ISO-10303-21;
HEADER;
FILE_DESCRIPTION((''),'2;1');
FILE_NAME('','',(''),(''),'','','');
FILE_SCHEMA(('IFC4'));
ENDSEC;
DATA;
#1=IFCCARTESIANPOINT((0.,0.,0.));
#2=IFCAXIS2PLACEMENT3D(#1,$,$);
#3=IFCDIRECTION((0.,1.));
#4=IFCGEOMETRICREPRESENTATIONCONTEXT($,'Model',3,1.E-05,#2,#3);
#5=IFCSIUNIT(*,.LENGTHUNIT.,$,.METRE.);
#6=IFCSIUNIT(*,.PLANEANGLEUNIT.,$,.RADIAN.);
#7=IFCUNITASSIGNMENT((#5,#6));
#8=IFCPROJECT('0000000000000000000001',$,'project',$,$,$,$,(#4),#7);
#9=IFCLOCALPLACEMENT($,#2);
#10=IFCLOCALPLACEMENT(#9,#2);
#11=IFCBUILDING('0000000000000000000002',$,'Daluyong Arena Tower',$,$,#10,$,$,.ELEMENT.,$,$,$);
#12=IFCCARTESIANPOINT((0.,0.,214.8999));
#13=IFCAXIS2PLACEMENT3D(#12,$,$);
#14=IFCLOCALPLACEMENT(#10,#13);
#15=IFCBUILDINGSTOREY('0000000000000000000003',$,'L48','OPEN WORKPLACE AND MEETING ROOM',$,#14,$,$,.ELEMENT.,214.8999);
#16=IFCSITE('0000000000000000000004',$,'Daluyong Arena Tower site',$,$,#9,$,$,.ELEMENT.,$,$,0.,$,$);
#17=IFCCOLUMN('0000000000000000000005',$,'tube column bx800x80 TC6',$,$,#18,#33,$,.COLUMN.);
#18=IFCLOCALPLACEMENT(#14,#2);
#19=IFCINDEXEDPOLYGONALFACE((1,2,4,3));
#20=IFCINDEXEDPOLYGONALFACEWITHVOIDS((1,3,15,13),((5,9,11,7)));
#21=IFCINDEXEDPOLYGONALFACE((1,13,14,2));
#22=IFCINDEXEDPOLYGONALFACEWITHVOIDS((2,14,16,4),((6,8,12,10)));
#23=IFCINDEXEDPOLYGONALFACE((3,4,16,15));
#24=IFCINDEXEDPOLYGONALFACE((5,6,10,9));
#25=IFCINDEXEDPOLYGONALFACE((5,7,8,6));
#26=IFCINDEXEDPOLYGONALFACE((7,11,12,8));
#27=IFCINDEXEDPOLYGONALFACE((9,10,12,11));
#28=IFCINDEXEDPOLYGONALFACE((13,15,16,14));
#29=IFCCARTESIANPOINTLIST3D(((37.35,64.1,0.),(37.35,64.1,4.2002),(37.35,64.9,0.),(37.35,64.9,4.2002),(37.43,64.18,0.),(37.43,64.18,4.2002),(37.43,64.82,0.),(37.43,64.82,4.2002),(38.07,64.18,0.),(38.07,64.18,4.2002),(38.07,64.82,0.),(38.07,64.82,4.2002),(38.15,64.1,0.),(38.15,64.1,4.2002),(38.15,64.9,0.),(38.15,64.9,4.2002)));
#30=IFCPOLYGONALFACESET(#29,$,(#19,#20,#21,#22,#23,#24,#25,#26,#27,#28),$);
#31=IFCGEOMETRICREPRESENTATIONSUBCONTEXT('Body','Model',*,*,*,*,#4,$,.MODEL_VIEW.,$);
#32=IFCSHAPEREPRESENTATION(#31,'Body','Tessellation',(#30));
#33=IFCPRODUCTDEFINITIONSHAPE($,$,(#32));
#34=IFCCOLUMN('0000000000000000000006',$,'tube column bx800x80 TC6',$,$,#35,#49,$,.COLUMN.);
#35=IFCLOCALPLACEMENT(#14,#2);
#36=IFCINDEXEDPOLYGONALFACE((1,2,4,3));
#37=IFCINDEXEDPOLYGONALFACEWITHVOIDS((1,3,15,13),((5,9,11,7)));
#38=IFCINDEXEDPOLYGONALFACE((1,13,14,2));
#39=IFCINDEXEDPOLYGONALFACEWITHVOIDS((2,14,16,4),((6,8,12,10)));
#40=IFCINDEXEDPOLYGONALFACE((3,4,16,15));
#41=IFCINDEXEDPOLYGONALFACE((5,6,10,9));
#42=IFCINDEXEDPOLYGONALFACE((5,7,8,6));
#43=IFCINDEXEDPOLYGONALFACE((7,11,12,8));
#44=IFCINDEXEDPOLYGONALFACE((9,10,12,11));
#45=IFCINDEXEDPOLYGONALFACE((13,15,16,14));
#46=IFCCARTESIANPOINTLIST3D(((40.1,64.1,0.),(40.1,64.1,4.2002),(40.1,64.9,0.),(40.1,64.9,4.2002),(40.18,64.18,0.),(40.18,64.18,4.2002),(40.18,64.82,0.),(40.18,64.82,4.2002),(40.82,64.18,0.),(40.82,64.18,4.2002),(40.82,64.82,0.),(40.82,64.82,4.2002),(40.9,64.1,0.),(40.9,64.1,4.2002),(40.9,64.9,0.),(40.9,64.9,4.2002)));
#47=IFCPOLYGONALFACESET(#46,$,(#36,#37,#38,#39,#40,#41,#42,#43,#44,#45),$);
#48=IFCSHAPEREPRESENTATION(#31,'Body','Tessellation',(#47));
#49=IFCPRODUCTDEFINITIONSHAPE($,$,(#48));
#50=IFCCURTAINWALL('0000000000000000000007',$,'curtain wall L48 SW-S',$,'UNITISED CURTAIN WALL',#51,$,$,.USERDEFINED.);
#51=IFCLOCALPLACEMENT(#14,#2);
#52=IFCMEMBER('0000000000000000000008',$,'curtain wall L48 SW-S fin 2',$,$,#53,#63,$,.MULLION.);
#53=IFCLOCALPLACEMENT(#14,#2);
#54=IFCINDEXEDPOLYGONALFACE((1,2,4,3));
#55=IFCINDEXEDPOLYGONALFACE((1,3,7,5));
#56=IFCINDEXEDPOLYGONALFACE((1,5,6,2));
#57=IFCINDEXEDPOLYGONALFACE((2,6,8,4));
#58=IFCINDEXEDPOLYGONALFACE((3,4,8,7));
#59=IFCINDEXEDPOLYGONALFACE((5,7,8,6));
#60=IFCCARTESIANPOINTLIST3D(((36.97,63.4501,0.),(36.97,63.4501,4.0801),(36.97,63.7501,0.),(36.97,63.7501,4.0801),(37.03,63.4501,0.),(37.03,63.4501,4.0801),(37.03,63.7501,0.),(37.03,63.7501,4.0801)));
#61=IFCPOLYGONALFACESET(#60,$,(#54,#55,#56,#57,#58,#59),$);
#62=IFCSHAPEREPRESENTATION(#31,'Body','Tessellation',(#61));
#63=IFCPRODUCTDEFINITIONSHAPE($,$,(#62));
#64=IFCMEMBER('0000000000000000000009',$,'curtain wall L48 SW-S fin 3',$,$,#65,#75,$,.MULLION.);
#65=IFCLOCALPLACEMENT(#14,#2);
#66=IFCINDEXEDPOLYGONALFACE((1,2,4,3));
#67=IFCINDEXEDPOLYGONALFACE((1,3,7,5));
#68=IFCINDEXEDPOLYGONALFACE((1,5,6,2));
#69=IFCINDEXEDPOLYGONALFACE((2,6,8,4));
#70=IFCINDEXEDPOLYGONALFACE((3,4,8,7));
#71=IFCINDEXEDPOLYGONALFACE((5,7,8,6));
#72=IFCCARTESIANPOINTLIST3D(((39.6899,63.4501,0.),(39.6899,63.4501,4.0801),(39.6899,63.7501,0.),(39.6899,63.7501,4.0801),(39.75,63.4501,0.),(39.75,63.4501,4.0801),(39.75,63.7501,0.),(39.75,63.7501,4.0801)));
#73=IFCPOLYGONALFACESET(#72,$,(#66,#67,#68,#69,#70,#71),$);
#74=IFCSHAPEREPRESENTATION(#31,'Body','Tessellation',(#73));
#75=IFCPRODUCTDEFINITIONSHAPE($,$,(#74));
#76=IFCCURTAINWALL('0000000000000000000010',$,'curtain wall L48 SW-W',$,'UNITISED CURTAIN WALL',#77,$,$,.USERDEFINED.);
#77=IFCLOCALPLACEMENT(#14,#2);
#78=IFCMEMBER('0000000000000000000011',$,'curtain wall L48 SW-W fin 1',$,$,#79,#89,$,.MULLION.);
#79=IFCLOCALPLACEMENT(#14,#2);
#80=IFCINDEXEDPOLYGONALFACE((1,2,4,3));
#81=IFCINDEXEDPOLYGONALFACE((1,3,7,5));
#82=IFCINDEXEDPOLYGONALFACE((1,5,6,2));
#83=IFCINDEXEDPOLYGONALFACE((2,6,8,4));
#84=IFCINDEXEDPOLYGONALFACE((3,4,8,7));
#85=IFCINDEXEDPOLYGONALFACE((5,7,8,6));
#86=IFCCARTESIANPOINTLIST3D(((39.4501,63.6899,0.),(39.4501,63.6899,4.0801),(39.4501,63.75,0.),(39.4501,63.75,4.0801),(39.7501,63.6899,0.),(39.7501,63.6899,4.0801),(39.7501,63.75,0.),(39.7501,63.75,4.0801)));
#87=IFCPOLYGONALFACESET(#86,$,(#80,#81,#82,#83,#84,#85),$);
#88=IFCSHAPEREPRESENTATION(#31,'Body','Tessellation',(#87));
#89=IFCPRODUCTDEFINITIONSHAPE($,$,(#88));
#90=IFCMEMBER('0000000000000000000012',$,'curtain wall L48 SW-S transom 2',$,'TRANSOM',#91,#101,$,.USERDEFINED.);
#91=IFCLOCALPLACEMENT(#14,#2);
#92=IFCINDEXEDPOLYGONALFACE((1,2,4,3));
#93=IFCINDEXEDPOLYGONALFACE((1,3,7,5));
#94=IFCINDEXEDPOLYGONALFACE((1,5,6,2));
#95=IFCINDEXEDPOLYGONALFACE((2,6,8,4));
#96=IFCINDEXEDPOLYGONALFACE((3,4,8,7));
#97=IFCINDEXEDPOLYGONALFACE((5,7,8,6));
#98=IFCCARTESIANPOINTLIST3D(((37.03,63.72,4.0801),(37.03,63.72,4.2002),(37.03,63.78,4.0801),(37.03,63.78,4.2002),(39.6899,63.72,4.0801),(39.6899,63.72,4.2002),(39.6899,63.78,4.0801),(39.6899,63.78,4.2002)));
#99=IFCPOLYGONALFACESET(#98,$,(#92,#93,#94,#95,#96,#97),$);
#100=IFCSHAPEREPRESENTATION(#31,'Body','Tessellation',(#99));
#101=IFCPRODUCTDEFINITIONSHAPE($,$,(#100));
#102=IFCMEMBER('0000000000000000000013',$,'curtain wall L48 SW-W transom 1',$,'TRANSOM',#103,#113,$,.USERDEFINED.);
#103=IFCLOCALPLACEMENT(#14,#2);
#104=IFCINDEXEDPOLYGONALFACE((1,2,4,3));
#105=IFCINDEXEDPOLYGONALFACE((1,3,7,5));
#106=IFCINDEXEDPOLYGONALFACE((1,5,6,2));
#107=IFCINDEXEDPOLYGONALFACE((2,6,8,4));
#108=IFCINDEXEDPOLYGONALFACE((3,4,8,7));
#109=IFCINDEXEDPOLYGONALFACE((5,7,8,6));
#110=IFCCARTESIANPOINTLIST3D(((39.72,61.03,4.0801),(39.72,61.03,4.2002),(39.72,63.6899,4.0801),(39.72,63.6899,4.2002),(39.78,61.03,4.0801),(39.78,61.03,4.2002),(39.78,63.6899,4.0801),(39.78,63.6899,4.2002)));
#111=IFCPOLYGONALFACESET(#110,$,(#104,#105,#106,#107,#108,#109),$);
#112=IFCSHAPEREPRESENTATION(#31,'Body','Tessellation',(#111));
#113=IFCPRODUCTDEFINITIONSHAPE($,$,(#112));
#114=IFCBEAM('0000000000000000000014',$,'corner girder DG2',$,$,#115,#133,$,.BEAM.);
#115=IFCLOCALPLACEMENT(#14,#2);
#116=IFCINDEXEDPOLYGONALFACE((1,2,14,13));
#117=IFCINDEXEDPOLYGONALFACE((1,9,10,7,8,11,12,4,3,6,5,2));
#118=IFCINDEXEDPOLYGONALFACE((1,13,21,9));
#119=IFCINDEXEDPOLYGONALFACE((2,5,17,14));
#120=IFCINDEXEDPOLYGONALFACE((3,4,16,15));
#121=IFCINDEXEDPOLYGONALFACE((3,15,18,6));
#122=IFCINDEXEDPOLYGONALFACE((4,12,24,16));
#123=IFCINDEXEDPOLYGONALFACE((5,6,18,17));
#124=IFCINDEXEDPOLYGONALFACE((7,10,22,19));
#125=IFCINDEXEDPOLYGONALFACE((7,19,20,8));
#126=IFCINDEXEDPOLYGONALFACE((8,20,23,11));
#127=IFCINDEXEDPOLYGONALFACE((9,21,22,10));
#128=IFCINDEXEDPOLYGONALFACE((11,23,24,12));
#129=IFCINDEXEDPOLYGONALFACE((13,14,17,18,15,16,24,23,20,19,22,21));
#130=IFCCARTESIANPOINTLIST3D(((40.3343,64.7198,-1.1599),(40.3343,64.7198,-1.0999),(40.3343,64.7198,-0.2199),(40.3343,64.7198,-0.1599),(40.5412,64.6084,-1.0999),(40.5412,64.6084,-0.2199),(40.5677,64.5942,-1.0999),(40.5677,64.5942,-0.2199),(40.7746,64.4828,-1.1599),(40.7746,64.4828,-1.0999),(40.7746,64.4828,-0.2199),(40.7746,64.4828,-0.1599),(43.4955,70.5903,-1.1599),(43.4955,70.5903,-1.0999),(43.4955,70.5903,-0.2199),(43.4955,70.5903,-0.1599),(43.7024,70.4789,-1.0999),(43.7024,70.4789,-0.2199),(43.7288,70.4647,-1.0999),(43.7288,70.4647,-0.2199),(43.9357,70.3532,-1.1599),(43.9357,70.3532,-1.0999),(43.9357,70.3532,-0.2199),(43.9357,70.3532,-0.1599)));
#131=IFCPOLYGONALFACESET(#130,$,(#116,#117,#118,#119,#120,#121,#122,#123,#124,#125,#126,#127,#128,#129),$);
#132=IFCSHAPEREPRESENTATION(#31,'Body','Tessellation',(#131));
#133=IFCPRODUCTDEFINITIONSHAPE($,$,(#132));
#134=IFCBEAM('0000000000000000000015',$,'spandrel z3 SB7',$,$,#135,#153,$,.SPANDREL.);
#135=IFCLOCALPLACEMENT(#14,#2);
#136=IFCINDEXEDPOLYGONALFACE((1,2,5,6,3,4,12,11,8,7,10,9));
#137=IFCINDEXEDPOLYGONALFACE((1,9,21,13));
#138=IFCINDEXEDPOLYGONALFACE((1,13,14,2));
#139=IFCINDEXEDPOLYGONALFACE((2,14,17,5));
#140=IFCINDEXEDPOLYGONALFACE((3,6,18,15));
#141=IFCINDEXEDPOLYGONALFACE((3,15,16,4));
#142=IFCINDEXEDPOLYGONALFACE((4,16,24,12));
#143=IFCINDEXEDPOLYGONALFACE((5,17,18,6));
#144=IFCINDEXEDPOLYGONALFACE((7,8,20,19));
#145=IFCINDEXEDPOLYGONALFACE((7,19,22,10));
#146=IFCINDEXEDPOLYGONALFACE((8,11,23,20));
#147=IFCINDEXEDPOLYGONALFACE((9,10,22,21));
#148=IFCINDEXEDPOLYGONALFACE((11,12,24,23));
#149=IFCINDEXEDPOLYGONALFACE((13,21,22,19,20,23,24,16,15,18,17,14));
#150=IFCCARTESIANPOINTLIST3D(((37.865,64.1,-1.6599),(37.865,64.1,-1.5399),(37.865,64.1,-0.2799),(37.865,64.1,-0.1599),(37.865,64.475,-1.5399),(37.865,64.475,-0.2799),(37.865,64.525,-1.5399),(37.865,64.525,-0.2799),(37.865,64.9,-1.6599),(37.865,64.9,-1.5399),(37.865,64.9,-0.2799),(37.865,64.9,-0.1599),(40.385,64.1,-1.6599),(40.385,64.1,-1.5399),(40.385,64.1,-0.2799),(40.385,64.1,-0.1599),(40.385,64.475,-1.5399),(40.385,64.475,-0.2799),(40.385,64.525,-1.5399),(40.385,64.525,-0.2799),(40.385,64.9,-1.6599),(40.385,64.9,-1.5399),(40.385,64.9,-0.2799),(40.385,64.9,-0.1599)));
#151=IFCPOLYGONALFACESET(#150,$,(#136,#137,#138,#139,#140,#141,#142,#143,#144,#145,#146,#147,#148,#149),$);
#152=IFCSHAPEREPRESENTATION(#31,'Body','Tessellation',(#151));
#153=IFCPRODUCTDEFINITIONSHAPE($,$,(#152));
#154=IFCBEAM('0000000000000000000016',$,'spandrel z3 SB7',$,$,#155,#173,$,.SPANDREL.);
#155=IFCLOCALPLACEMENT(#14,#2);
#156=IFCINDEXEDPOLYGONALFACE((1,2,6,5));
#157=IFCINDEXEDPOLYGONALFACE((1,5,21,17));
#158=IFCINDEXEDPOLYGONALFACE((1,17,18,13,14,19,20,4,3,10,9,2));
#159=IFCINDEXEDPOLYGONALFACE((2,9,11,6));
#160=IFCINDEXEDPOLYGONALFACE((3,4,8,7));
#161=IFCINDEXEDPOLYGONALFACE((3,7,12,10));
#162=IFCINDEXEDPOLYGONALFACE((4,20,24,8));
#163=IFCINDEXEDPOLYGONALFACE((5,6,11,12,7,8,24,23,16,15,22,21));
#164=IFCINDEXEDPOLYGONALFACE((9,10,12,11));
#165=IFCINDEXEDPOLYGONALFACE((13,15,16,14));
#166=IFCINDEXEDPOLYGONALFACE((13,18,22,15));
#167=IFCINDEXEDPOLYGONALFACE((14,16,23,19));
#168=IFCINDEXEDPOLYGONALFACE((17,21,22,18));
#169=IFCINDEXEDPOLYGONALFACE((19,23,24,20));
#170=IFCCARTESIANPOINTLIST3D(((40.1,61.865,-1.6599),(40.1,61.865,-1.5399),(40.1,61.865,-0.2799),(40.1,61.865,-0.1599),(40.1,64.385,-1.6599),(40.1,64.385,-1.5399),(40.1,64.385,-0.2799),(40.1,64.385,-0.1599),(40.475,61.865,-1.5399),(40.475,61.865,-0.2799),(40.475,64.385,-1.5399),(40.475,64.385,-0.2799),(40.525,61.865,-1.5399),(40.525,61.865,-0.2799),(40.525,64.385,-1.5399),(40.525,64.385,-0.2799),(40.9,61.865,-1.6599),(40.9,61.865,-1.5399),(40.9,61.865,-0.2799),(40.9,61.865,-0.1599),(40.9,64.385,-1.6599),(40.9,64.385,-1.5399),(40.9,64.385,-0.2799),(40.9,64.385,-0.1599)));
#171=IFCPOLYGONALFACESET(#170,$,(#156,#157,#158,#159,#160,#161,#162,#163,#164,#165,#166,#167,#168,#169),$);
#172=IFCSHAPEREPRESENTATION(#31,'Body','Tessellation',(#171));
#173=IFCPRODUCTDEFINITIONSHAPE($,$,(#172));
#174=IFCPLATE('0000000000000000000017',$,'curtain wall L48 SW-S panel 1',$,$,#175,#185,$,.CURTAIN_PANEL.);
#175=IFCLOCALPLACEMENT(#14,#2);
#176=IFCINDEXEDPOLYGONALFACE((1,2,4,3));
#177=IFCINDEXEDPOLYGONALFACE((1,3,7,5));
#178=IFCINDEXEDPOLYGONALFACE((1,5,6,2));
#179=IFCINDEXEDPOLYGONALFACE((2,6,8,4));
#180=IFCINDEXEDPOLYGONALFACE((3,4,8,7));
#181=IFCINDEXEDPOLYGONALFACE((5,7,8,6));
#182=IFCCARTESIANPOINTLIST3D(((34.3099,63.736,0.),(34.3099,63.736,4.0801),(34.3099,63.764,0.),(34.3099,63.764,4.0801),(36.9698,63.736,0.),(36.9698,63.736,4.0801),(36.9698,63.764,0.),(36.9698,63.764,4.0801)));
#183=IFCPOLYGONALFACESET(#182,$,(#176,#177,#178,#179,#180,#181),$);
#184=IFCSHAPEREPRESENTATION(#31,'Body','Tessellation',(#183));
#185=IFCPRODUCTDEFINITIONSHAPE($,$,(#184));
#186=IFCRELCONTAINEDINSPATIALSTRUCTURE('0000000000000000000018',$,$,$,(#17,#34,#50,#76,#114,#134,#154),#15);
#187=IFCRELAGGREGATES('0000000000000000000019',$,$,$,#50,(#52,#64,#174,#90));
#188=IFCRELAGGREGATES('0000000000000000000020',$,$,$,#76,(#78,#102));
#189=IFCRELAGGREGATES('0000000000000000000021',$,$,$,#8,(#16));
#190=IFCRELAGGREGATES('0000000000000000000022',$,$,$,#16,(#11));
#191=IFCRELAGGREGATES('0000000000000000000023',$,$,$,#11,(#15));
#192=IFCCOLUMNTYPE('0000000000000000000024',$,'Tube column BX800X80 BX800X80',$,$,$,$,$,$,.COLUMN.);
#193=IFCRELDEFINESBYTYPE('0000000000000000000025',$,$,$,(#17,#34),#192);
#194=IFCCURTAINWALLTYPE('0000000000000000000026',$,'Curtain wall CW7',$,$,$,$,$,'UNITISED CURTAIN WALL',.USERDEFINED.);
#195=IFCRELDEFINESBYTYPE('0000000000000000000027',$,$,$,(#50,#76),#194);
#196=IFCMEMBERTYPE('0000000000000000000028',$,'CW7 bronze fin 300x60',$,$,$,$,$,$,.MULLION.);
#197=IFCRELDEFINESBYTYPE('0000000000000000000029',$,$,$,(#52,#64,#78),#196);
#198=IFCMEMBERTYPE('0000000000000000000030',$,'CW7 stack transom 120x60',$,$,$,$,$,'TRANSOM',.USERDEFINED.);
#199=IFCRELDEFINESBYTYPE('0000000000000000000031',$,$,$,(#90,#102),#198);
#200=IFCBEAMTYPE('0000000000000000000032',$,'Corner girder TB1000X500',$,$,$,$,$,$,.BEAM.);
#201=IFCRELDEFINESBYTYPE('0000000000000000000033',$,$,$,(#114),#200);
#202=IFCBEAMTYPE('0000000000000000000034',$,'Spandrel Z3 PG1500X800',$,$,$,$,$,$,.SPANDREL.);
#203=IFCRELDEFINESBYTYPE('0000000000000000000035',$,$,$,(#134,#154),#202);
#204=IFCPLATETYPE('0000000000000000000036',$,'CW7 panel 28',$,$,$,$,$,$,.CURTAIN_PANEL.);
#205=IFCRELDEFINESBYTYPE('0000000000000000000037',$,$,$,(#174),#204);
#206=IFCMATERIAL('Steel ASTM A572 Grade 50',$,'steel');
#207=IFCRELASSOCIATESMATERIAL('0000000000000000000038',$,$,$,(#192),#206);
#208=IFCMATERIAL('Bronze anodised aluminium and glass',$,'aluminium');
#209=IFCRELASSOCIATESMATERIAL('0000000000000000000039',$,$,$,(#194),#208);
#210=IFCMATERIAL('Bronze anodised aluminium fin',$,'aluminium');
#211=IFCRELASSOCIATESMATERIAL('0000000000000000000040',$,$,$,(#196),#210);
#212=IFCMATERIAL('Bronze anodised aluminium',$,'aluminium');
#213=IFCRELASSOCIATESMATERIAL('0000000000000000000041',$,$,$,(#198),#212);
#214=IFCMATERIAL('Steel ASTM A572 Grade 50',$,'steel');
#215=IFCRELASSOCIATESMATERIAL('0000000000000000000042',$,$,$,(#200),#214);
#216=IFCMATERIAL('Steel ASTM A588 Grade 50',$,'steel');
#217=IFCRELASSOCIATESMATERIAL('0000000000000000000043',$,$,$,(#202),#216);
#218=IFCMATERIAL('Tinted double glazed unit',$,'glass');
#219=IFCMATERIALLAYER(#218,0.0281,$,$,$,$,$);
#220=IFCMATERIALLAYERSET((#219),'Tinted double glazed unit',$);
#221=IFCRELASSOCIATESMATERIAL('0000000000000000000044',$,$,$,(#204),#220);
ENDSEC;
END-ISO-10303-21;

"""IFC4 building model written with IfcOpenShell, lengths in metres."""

from ifc_helpers import new_model, si_unit, direction, frame, origin, origin_2d, place, context, subcontext, project, spatial, rectangle, hollow_rectangle, i_section, extrude, material, layer, layer_set, material_profile, profile_set, type_object, element, aggregate, save


model = new_model("IFC4")

# Units and contexts
model_context = context("Model", 3, precision=1e-05, world=origin(), true_north=direction((0.0, 1.0)))
body_context = subcontext(model_context, "Body", "Model", "MODEL_VIEW")
ifc_project = project(units=[si_unit("LENGTHUNIT", "METRE"), si_unit("PLANEANGLEUNIT", "RADIAN")], contexts=[model_context])

# Site, building, storey
site_placement = place(None, origin())
site = spatial("IfcSite", under=ifc_project, at=site_placement, Name="Daluyong Arena Tower site", CompositionType="ELEMENT", RefElevation=0.0)
building_placement = place(site_placement, origin())
building = spatial("IfcBuilding", under=site, at=building_placement, Name="Daluyong Arena Tower", CompositionType="ELEMENT")
storey_placement = place(building_placement, frame((0.0, 0.0, 214.8999)))
storey = spatial("IfcBuildingStorey", under=building, at=storey_placement, Name="L48", Description="OPEN WORKPLACE AND MEETING ROOM", CompositionType="ELEMENT", Elevation=214.8999)

# Columns
ifc_material_1 = material(Name="Steel ASTM A572 Grade 50", Category="steel")
ifc_material_profile_1 = material_profile(ifc_material_1, hollow_rectangle(XDim=0.8, YDim=0.8, WallThickness=0.08, at=origin_2d()))
ifc_profile_set_1 = profile_set([ifc_material_profile_1], Name="Steel ASTM A572 Grade 50")
column_type = type_object("IfcColumnType", Name="Tube column BX800X80 BX800X80", PredefinedType="COLUMN", material=ifc_profile_set_1)
for number, where, z_axis, x_axis, name in (
    (1, (37.75, 64.5, 0.0), (0.0, 0.0, 1.0), (1.0, 0.0, 0.0), "tube column bx800x80 TC6"),
    (2, (40.5, 64.5, 0.0), (0.0, 0.0, 1.0), (0.0, 1.0, 0.0), "tube column bx800x80 TC6"),
):
    element("IfcColumn", number, at=place(storey_placement, frame(where, z_axis=z_axis, x_axis=x_axis)), inside=storey, type_object=column_type, Name=name, PredefinedType="COLUMN", context=body_context, shape_type="SweptSolid", body=[
        extrude(hollow_rectangle(XDim=0.8, YDim=0.8, WallThickness=0.08, at=origin_2d()), origin(), (0.0, 0.0, 1.0), 4.2002),
    ])

# Curtain wall, members
ifc_material_2 = material(Name="Bronze anodised aluminium and glass", Category="aluminium")
curtain_wall_type = type_object("IfcCurtainWallType", Name="Curtain wall CW7", ElementType="UNITISED CURTAIN WALL", PredefinedType="USERDEFINED", material=ifc_material_2)
curtain_wall_1_placement = place(storey_placement, origin())
curtain_wall_1 = element("IfcCurtainWall", 3, at=curtain_wall_1_placement, inside=storey, type_object=curtain_wall_type, Name="curtain wall L48 SW-S", ObjectType="UNITISED CURTAIN WALL", PredefinedType="USERDEFINED")
ifc_material_3 = material(Name="Bronze anodised aluminium fin", Category="aluminium")
ifc_material_profile_2 = material_profile(ifc_material_3, rectangle(XDim=0.3, YDim=0.0601, at=origin_2d()))
ifc_profile_set_2 = profile_set([ifc_material_profile_2], Name="Bronze anodised aluminium fin")
member_type_1 = type_object("IfcMemberType", Name="CW7 bronze fin 300x60", PredefinedType="MULLION", material=ifc_profile_set_2)
member_1_placement = place(storey_placement, frame((37.0, 63.6001, 0.0), z_axis=(0.0, 0.0, 1.0), x_axis=(0.0, 1.0, 0.0)))
member_1 = element("IfcMember", 4, at=member_1_placement, type_object=member_type_1, Name="curtain wall L48 SW-S fin 2", PredefinedType="MULLION", context=body_context, shape_type="SweptSolid", body=[
    extrude(rectangle(XDim=0.3, YDim=0.0601, at=origin_2d()), origin(), (0.0, 0.0, 1.0), 4.0801),
])
member_2_placement = place(storey_placement, frame((39.72, 63.6001, 0.0), z_axis=(0.0, 0.0, 1.0), x_axis=(0.0, 1.0, 0.0)))
member_2 = element("IfcMember", 5, at=member_2_placement, type_object=member_type_1, Name="curtain wall L48 SW-S fin 3", PredefinedType="MULLION", context=body_context, shape_type="SweptSolid", body=[
    extrude(rectangle(XDim=0.3, YDim=0.0601, at=origin_2d()), origin(), (0.0, 0.0, 1.0), 4.0801),
])

# Curtain wall, member
curtain_wall_2_placement = place(storey_placement, origin())
curtain_wall_2 = element("IfcCurtainWall", 6, at=curtain_wall_2_placement, inside=storey, type_object=curtain_wall_type, Name="curtain wall L48 SW-W", ObjectType="UNITISED CURTAIN WALL", PredefinedType="USERDEFINED")
member_3_placement = place(storey_placement, frame((39.6001, 63.72, 0.0), z_axis=(0.0, 0.0, 1.0), x_axis=(1.0, 0.0, 0.0)))
member_3 = element("IfcMember", 7, at=member_3_placement, type_object=member_type_1, Name="curtain wall L48 SW-W fin 1", PredefinedType="MULLION", context=body_context, shape_type="SweptSolid", body=[
    extrude(rectangle(XDim=0.3, YDim=0.0601, at=origin_2d()), origin(), (0.0, 0.0, 1.0), 4.0801),
])

# Members
ifc_material_4 = material(Name="Bronze anodised aluminium", Category="aluminium")
ifc_material_profile_3 = material_profile(ifc_material_4, rectangle(XDim=0.0601, YDim=0.1201, at=origin_2d()))
ifc_profile_set_3 = profile_set([ifc_material_profile_3], Name="Bronze anodised aluminium")
member_type_2 = type_object("IfcMemberType", Name="CW7 stack transom 120x60", ElementType="TRANSOM", PredefinedType="USERDEFINED", material=ifc_profile_set_3)
member_4_placement = place(storey_placement, frame((37.03, 63.75, 4.1401), z_axis=(1.0, 0.0, 0.0), x_axis=(0.0, 1.0, 0.0)))
member_4 = element("IfcMember", 8, at=member_4_placement, type_object=member_type_2, Name="curtain wall L48 SW-S transom 2", ObjectType="TRANSOM", PredefinedType="USERDEFINED", context=body_context, shape_type="SweptSolid", body=[
    extrude(rectangle(XDim=0.0601, YDim=0.1201, at=origin_2d()), origin(), (0.0, 0.0, 1.0), 2.6599),
])
member_5_placement = place(storey_placement, frame((39.75, 63.6899, 4.1401), z_axis=(0.0, -1.0, 0.0), x_axis=(1.0, 0.0, 0.0)))
member_5 = element("IfcMember", 9, at=member_5_placement, type_object=member_type_2, Name="curtain wall L48 SW-W transom 1", ObjectType="TRANSOM", PredefinedType="USERDEFINED", context=body_context, shape_type="SweptSolid", body=[
    extrude(rectangle(XDim=0.0601, YDim=0.1201, at=origin_2d()), origin(), (0.0, 0.0, 1.0), 2.6599),
])

# Beams
ifc_material_5 = material(Name="Steel ASTM A572 Grade 50", Category="steel")
ifc_material_profile_4 = material_profile(ifc_material_5, i_section(OverallWidth=0.5, OverallDepth=1.0, WebThickness=0.03, FlangeThickness=0.06, at=origin_2d()))
ifc_profile_set_4 = profile_set([ifc_material_profile_4], Name="Steel ASTM A572 Grade 50")
beam_type_1 = type_object("IfcBeamType", Name="Corner girder TB1000X500", PredefinedType="BEAM", material=ifc_profile_set_4)
beam_placement = place(storey_placement, frame((40.5544, 64.6013, -0.6599), z_axis=(0.474119, 0.880461, 0.0), x_axis=(-0.880461, 0.474119, 0.0)))
element("IfcBeam", 10, at=beam_placement, inside=storey, type_object=beam_type_1, Name="corner girder DG2", PredefinedType="BEAM", context=body_context, shape_type="SweptSolid", body=[
    extrude(i_section(OverallWidth=0.5, OverallDepth=1.0, WebThickness=0.03, FlangeThickness=0.06, at=origin_2d()), origin(), (0.0, 0.0, 1.0), 6.6675),
])
ifc_material_6 = material(Name="Steel ASTM A588 Grade 50", Category="steel")
ifc_material_profile_5 = material_profile(ifc_material_6, i_section(OverallWidth=0.8, OverallDepth=1.5, WebThickness=0.05, FlangeThickness=0.12, at=origin_2d()))
ifc_profile_set_5 = profile_set([ifc_material_profile_5], Name="Steel ASTM A588 Grade 50")
beam_type_2 = type_object("IfcBeamType", Name="Spandrel Z3 PG1500X800", PredefinedType="SPANDREL", material=ifc_profile_set_5)
for number, where, z_axis, x_axis, name in (
    (11, (37.865, 64.5, -0.9099), (1.0, 0.0, 0.0), (0.0, 1.0, 0.0), "spandrel z3 SB7"),
    (12, (40.5, 64.385, -0.9099), (0.0, -1.0, 0.0), (1.0, 0.0, 0.0), "spandrel z3 SB7"),
):
    element("IfcBeam", number, at=place(storey_placement, frame(where, z_axis=z_axis, x_axis=x_axis)), inside=storey, type_object=beam_type_2, Name=name, PredefinedType="SPANDREL", context=body_context, shape_type="SweptSolid", body=[
        extrude(i_section(OverallWidth=0.8, OverallDepth=1.5, WebThickness=0.05, FlangeThickness=0.12, at=origin_2d()), origin(), (0.0, 0.0, 1.0), 2.52),
    ])

# Plate
ifc_material_7 = material(Name="Tinted double glazed unit", Category="glass")
ifc_layer_1 = layer(ifc_material_7, 0.0281)
ifc_layer_set_1 = layer_set([ifc_layer_1], Name="Tinted double glazed unit")
plate_type = type_object("IfcPlateType", Name="CW7 panel 28", PredefinedType="CURTAIN_PANEL", material=ifc_layer_set_1)
plate_1_placement = place(storey_placement, frame((35.6399, 63.75, 0.0), z_axis=(0.0, 0.0, 1.0), x_axis=(1.0, 0.0, 0.0)))
plate_1 = element("IfcPlate", 13, at=plate_1_placement, type_object=plate_type, Name="curtain wall L48 SW-S panel 1", PredefinedType="CURTAIN_PANEL", context=body_context, shape_type="SweptSolid", body=[
    extrude(rectangle(XDim=2.6599, YDim=0.0281, at=origin_2d()), origin(), (0.0, 0.0, 1.0), 4.0801),
])
aggregate(curtain_wall_1, [member_1, member_2, plate_1, member_4])
aggregate(curtain_wall_2, [member_3, member_5])

save(model, "model.ifc")
